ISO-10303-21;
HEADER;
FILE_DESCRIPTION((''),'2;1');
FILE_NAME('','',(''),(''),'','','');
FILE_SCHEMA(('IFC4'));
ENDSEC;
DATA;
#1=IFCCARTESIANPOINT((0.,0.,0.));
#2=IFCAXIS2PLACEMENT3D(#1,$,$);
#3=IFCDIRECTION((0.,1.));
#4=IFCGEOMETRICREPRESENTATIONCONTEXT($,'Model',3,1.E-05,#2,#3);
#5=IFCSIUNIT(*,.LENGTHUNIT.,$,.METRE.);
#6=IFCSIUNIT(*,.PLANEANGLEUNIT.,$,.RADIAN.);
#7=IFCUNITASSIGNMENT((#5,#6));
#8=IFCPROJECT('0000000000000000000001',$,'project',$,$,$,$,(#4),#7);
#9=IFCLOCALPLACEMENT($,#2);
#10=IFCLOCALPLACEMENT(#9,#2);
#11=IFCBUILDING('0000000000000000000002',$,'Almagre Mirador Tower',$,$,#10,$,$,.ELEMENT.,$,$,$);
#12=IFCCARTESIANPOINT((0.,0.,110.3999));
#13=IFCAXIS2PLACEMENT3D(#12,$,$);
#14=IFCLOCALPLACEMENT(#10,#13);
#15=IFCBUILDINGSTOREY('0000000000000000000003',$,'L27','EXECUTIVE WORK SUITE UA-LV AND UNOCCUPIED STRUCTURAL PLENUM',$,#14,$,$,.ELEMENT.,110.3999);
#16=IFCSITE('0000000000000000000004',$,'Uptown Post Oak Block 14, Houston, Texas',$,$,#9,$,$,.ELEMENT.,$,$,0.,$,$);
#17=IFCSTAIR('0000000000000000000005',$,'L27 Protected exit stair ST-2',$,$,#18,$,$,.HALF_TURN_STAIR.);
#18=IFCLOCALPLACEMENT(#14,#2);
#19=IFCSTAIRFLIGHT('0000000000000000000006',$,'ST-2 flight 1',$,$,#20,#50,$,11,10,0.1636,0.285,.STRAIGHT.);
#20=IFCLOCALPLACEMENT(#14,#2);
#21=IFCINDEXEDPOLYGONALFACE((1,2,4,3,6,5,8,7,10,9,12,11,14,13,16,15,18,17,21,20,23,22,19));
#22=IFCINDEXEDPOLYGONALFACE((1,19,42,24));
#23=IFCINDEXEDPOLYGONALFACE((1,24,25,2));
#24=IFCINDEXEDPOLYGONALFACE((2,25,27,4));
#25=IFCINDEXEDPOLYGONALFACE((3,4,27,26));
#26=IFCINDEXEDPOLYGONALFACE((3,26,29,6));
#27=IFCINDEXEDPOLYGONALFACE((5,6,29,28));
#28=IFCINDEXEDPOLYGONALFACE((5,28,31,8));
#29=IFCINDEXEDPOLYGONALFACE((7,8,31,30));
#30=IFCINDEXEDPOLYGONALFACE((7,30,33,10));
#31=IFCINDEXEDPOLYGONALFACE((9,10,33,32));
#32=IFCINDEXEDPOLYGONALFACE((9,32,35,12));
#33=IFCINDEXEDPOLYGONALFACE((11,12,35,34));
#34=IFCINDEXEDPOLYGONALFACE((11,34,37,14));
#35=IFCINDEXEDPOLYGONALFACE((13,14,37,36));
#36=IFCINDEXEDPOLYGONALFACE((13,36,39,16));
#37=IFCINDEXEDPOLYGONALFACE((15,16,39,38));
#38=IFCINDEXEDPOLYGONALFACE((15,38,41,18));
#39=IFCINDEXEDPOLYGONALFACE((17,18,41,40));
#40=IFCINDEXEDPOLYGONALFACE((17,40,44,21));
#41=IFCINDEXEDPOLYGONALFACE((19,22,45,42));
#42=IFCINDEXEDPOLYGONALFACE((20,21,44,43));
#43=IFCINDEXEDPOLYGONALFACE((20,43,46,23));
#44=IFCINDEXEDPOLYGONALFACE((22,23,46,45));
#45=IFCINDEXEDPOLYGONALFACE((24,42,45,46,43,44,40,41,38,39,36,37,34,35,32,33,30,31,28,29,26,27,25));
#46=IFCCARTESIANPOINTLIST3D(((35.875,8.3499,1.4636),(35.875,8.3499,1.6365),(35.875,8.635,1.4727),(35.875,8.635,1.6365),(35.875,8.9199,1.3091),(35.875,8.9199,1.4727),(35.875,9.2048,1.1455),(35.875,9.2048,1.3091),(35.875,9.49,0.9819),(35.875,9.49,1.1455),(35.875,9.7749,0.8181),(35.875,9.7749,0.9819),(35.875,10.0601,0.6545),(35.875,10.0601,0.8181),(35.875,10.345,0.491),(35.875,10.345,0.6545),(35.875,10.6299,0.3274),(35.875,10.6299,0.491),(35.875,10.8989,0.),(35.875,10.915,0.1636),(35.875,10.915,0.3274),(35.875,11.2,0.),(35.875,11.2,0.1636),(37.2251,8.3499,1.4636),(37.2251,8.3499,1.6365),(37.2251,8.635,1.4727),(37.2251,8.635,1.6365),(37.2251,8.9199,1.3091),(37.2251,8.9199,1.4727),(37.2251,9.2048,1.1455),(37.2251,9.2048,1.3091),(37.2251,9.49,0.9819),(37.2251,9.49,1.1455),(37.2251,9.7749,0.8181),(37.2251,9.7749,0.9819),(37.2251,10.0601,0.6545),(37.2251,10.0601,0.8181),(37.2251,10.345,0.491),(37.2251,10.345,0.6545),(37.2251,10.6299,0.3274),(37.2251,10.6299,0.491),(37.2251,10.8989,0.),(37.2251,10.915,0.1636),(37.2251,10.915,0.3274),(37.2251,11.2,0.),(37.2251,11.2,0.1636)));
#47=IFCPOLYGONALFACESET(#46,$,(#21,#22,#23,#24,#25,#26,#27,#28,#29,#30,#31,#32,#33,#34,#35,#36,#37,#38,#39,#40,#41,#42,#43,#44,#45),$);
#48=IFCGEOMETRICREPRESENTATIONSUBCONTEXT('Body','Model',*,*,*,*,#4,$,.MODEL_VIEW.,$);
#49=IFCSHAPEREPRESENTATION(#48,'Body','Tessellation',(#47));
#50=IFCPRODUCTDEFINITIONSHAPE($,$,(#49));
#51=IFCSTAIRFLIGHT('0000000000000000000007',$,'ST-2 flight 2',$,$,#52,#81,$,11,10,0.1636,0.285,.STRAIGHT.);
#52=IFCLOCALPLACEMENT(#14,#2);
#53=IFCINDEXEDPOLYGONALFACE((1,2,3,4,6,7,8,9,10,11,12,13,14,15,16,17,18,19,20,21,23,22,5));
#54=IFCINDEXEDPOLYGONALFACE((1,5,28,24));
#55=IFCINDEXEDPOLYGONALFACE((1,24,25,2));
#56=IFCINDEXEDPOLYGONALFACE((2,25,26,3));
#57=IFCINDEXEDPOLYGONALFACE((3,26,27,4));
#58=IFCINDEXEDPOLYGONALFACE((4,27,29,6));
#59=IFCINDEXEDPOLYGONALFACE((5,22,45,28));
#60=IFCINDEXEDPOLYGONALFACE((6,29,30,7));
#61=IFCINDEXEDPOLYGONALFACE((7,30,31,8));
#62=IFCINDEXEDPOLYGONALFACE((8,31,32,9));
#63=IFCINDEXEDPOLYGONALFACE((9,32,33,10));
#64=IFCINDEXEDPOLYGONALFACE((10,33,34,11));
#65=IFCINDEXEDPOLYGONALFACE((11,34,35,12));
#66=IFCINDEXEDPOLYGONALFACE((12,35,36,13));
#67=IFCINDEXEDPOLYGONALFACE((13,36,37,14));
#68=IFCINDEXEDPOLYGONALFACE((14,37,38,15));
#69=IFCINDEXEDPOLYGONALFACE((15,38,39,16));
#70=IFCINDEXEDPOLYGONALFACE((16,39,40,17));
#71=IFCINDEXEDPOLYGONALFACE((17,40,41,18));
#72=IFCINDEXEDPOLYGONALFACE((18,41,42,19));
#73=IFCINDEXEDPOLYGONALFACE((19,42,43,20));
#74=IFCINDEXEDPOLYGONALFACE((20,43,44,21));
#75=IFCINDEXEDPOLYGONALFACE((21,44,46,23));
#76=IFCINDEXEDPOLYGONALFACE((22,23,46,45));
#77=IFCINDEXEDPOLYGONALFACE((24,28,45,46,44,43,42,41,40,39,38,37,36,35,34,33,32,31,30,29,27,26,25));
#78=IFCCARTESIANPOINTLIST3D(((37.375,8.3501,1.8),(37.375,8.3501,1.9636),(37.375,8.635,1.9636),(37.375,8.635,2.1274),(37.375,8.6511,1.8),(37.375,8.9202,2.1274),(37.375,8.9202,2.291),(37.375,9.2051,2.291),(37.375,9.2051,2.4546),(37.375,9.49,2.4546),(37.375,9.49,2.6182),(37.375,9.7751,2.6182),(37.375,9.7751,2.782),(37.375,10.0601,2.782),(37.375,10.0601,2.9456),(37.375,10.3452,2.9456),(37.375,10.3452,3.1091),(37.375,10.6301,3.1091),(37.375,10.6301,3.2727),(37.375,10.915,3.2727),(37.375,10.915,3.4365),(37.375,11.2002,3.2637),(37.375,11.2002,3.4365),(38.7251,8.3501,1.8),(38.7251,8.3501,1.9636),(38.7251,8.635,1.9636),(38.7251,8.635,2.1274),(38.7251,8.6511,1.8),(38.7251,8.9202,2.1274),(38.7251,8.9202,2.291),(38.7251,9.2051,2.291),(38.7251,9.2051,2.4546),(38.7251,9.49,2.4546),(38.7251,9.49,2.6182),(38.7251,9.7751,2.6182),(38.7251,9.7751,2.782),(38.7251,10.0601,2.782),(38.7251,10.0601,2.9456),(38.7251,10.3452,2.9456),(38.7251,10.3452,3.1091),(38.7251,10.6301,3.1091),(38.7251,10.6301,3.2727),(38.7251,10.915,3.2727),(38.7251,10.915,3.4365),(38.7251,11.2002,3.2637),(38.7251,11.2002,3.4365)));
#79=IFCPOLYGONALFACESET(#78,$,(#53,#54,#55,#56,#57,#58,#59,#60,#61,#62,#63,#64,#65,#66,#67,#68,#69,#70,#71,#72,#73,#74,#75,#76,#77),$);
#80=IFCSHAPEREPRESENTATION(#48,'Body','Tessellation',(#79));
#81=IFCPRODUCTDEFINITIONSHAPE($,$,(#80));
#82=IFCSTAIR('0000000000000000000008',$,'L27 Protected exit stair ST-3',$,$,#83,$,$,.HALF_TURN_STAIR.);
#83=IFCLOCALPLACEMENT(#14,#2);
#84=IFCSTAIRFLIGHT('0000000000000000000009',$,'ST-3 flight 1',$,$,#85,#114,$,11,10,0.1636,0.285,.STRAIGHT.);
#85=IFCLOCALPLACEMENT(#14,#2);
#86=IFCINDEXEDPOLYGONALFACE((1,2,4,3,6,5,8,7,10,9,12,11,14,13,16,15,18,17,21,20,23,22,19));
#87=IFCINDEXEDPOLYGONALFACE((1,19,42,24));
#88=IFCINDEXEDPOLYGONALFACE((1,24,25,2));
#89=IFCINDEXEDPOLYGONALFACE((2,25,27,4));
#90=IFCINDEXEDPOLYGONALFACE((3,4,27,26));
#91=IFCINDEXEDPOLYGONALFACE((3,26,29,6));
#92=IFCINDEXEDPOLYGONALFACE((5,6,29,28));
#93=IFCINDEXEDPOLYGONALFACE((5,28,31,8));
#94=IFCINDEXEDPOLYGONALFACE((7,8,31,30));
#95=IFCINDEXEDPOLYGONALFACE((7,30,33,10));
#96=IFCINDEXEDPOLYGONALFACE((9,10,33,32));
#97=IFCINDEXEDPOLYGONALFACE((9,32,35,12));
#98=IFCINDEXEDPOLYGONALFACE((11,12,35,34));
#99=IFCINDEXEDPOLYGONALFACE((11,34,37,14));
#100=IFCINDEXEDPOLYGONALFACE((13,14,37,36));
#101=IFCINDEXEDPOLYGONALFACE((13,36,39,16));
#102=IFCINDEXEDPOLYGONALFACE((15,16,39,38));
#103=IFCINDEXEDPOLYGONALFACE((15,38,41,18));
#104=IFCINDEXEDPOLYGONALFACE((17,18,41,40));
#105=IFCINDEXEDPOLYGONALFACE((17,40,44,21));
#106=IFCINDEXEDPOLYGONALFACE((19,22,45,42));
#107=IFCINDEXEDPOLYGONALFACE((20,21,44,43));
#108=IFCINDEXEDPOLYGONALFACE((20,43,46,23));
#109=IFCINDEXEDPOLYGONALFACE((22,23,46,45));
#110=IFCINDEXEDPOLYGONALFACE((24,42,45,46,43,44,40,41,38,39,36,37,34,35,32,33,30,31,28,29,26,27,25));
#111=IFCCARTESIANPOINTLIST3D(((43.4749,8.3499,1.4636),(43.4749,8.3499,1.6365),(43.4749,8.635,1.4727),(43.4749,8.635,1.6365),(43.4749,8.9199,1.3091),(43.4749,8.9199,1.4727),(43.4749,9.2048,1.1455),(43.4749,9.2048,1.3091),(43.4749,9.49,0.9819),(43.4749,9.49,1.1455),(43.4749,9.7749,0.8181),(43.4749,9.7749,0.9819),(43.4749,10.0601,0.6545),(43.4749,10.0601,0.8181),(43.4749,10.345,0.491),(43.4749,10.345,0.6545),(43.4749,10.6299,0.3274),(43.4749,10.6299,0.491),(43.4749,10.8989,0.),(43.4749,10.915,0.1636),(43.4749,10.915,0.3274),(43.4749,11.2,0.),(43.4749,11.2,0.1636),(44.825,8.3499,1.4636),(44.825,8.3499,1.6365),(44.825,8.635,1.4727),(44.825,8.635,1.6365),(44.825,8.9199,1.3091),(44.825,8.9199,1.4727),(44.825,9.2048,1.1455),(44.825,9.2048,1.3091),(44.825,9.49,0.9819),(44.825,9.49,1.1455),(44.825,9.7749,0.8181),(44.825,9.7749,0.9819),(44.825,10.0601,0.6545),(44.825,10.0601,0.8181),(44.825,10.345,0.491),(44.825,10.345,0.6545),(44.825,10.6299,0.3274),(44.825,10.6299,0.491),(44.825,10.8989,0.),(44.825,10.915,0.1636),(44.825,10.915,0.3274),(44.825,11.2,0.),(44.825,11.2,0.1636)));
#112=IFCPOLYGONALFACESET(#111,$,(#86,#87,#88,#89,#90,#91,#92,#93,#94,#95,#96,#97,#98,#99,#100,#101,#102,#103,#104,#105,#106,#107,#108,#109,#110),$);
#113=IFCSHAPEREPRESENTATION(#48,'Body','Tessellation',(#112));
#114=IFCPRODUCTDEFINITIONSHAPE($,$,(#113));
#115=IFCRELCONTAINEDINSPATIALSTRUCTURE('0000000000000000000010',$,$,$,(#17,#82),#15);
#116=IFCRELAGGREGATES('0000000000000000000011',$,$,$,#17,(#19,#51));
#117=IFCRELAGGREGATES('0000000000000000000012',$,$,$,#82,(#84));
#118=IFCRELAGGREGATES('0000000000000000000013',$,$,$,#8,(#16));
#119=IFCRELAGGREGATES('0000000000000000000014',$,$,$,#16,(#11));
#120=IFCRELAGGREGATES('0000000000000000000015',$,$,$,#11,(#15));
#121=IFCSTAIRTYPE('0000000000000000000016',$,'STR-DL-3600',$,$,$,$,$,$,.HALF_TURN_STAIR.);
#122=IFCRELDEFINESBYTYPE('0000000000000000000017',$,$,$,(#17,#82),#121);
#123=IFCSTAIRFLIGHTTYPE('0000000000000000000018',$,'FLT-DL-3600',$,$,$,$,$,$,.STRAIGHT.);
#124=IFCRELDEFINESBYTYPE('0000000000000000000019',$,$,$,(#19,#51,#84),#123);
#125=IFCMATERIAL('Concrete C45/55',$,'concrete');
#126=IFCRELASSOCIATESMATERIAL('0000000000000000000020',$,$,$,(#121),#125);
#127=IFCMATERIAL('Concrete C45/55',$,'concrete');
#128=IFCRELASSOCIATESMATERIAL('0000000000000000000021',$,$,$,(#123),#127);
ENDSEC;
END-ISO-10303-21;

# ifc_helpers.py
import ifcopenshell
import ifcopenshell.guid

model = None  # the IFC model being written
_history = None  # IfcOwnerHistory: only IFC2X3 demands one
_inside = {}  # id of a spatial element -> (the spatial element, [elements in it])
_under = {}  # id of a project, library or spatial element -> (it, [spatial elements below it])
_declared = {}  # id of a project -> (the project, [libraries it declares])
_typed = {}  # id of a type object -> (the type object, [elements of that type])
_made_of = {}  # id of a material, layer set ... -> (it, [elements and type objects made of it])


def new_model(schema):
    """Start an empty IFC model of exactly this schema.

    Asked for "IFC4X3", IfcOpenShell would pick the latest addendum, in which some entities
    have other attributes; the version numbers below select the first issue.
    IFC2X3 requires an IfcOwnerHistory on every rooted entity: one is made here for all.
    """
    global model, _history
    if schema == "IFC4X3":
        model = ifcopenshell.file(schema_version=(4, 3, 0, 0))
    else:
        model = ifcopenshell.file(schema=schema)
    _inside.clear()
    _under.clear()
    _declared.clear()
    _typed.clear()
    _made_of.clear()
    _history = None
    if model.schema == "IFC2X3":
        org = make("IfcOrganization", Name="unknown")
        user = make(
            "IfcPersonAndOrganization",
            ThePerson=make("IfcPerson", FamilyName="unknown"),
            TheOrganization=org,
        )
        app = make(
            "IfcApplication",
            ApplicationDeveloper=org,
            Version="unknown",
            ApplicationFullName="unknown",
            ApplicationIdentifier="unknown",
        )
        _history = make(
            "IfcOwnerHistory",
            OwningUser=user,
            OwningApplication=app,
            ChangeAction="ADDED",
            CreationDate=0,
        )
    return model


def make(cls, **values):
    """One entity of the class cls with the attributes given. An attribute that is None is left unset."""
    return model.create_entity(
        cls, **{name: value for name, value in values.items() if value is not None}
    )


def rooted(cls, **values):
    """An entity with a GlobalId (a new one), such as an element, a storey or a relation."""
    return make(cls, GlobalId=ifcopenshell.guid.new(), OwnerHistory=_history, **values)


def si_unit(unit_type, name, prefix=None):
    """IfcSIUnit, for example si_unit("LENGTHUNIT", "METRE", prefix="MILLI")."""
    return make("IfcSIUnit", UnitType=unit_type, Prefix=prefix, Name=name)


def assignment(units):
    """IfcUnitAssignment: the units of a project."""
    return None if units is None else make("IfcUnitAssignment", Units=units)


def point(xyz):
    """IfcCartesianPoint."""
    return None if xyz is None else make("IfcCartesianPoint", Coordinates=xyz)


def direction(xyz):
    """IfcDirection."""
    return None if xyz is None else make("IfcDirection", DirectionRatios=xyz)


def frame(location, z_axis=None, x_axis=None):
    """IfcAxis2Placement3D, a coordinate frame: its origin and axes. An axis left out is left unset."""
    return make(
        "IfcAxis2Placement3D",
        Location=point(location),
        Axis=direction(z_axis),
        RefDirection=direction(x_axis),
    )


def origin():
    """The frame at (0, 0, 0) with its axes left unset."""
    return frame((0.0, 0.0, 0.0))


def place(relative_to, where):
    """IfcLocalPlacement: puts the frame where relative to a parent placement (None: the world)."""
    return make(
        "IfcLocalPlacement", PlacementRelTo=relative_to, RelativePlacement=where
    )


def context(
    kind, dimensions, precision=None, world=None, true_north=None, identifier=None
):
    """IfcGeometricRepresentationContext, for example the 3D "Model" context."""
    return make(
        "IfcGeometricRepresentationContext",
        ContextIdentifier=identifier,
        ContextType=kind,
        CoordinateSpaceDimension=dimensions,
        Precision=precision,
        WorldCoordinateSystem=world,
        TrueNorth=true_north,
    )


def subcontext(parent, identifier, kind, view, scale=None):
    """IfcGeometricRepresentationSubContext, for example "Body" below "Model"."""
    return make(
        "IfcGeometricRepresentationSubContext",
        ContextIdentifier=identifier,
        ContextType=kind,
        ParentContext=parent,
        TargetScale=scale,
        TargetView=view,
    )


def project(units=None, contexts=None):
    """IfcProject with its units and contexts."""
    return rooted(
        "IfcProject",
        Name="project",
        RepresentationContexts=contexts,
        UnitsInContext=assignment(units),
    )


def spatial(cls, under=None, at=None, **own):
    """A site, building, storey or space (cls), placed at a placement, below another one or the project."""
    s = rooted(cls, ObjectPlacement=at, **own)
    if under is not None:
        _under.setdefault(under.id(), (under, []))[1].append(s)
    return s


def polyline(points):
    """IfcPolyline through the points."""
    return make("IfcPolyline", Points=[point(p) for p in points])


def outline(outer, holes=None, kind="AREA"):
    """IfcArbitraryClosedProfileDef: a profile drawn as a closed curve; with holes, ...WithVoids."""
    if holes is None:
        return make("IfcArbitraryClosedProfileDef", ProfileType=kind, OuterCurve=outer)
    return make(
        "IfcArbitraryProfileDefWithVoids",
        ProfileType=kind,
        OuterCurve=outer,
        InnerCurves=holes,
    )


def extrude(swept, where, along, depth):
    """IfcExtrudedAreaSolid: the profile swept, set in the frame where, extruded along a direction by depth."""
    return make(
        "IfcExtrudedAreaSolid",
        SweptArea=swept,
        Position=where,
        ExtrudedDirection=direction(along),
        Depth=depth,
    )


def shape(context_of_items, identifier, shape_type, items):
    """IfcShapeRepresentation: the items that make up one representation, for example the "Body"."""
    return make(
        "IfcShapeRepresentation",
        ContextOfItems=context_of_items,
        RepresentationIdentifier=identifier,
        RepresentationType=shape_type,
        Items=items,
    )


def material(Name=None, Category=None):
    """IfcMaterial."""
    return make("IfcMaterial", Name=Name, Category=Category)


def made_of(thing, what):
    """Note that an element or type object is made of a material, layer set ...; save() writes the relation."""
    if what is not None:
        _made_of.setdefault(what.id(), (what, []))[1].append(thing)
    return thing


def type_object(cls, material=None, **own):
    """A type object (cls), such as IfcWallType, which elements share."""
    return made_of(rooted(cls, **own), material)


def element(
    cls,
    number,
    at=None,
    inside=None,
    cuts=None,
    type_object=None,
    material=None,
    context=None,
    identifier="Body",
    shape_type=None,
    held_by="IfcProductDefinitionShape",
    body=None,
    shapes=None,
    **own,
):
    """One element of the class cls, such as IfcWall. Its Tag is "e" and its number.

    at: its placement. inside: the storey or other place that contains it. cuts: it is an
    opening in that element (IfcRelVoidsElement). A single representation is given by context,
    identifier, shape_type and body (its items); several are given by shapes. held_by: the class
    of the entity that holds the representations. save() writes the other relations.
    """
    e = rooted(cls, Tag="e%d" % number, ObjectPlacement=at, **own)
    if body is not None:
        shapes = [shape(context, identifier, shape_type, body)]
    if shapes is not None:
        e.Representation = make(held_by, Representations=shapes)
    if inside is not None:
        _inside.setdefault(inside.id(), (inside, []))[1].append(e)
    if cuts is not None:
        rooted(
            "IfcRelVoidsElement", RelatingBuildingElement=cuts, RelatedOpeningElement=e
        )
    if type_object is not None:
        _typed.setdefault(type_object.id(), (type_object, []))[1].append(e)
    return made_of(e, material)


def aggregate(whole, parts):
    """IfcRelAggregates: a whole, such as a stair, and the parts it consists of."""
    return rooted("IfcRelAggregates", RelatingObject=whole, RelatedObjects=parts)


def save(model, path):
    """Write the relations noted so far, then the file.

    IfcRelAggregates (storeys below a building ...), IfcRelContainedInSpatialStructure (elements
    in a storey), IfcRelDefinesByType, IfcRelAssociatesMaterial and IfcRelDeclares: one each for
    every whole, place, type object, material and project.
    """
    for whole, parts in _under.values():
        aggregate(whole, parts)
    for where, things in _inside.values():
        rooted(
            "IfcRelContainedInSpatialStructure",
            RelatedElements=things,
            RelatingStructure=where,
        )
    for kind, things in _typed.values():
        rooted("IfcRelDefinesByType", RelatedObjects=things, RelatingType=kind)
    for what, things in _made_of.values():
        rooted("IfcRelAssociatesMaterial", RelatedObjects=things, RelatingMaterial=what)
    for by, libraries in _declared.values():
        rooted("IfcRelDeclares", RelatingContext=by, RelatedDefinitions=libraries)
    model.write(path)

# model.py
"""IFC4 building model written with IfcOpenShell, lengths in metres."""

from ifc_helpers import new_model, si_unit, direction, frame, origin, place, context, subcontext, project, spatial, polyline, outline, extrude, material, type_object, element, aggregate, save


model = new_model("IFC4")

# Units and contexts
model_context = context("Model", 3, precision=1e-05, world=origin(), true_north=direction((0.0, 1.0)))
body_context = subcontext(model_context, "Body", "Model", "MODEL_VIEW")
ifc_project = project(units=[si_unit("LENGTHUNIT", "METRE"), si_unit("PLANEANGLEUNIT", "RADIAN")], contexts=[model_context])

# Site, building, storey
site_placement = place(None, origin())
site = spatial("IfcSite", under=ifc_project, at=site_placement, Name="Uptown Post Oak Block 14, Houston, Texas", CompositionType="ELEMENT", RefElevation=0.0)
building_placement = place(site_placement, origin())
building = spatial("IfcBuilding", under=site, at=building_placement, Name="Almagre Mirador Tower", CompositionType="ELEMENT")
storey_placement = place(building_placement, frame((0.0, 0.0, 110.3999)))
storey = spatial("IfcBuildingStorey", under=building, at=storey_placement, Name="L27", Description="EXECUTIVE WORK SUITE UA-LV AND UNOCCUPIED STRUCTURAL PLENUM", CompositionType="ELEMENT", Elevation=110.3999)

# Stair, stair flights
ifc_material_1 = material(Name="Concrete C45/55", Category="concrete")
stair_type = type_object("IfcStairType", Name="STR-DL-3600", PredefinedType="HALF_TURN_STAIR", material=ifc_material_1)
stair_1_placement = place(storey_placement, origin())
stair_1 = element("IfcStair", 1, at=stair_1_placement, inside=storey, type_object=stair_type, Name="L27 Protected exit stair ST-2", PredefinedType="HALF_TURN_STAIR")
ifc_material_2 = material(Name="Concrete C45/55", Category="concrete")
stair_flight_type = type_object("IfcStairFlightType", Name="FLT-DL-3600", PredefinedType="STRAIGHT", material=ifc_material_2)
stair_flight_1_placement = place(storey_placement, frame((36.55, 11.2, 0.0), z_axis=(0.0, 0.0, 1.0), x_axis=(0.0, -1.0, 0.0)))
stair_flight_1 = element("IfcStairFlight", 2, at=stair_flight_1_placement, type_object=stair_flight_type, Name="ST-2 flight 1", NumberOfRisers=11, NumberOfTreads=10, PredefinedType="STRAIGHT", RiserHeight=0.1636, TreadLength=0.285, context=body_context, shape_type="SweptSolid", body=[
    extrude(outline(polyline([(0.0, 0.0), (0.0, 0.1636), (0.2849, 0.1636), (0.2849, 0.3274), (0.5701, 0.3274), (0.5701, 0.491), (0.855, 0.491), (0.855, 0.6545), (1.1399, 0.6545), (1.1399, 0.8181), (1.425, 0.8181), (1.425, 0.9819), (1.71, 0.9819), (1.71, 1.1455), (1.9951, 1.1455), (1.9951, 1.3091), (2.28, 1.3091), (2.28, 1.4727), (2.5649, 1.4727), (2.5649, 1.6365), (2.8501, 1.6365), (2.8501, 1.8), (2.8501, 1.4636), (0.301, 0.0), (0.0, 0.0)])), frame((0.0, 0.675, 0.0), z_axis=(0.0, -1.0, 0.0), x_axis=(1.0, 0.0, 0.0)), (0.0, 0.0, 1.0), 1.3501),
])
stair_flight_2_placement = place(storey_placement, frame((38.05, 8.3501, 1.8), z_axis=(0.0, 0.0, 1.0), x_axis=(0.0, 1.0, 0.0)))
stair_flight_2 = element("IfcStairFlight", 3, at=stair_flight_2_placement, type_object=stair_flight_type, Name="ST-2 flight 2", NumberOfRisers=11, NumberOfTreads=10, PredefinedType="STRAIGHT", RiserHeight=0.1636, TreadLength=0.285, context=body_context, shape_type="SweptSolid", body=[
    extrude(outline(polyline([(0.0, 0.0), (0.0, 0.1636), (0.2849, 0.1636), (0.2849, 0.3274), (0.5701, 0.3274), (0.5701, 0.491), (0.855, 0.491), (0.855, 0.6545), (1.1399, 0.6545), (1.1399, 0.8181), (1.425, 0.8181), (1.425, 0.9819), (1.71, 0.9819), (1.71, 1.1455), (1.9951, 1.1455), (1.9951, 1.3091), (2.28, 1.3091), (2.28, 1.4727), (2.5649, 1.4727), (2.5649, 1.6365), (2.8501, 1.6365), (2.8501, 1.8), (2.8501, 1.4636), (0.301, 0.0), (0.0, 0.0)])), frame((0.0, 0.675, 0.0), z_axis=(0.0, -1.0, 0.0), x_axis=(1.0, 0.0, 0.0)), (0.0, 0.0, 1.0), 1.3501),
])
aggregate(stair_1, [stair_flight_1, stair_flight_2])

# Stair, stair flight
stair_2_placement = place(storey_placement, origin())
stair_2 = element("IfcStair", 4, at=stair_2_placement, inside=storey, type_object=stair_type, Name="L27 Protected exit stair ST-3", PredefinedType="HALF_TURN_STAIR")
stair_flight_3_placement = place(storey_placement, frame((44.1499, 11.2, 0.0), z_axis=(0.0, 0.0, 1.0), x_axis=(0.0, -1.0, 0.0)))
stair_flight_3 = element("IfcStairFlight", 5, at=stair_flight_3_placement, type_object=stair_flight_type, Name="ST-3 flight 1", NumberOfRisers=11, NumberOfTreads=10, PredefinedType="STRAIGHT", RiserHeight=0.1636, TreadLength=0.285, context=body_context, shape_type="SweptSolid", body=[
    extrude(outline(polyline([(0.0, 0.0), (0.0, 0.1636), (0.2849, 0.1636), (0.2849, 0.3274), (0.5701, 0.3274), (0.5701, 0.491), (0.855, 0.491), (0.855, 0.6545), (1.1399, 0.6545), (1.1399, 0.8181), (1.425, 0.8181), (1.425, 0.9819), (1.71, 0.9819), (1.71, 1.1455), (1.9951, 1.1455), (1.9951, 1.3091), (2.28, 1.3091), (2.28, 1.4727), (2.5649, 1.4727), (2.5649, 1.6365), (2.8501, 1.6365), (2.8501, 1.8), (2.8501, 1.4636), (0.301, 0.0), (0.0, 0.0)])), frame((0.0, 0.675, 0.0), z_axis=(0.0, -1.0, 0.0), x_axis=(1.0, 0.0, 0.0)), (0.0, 0.0, 1.0), 1.3501),
])
aggregate(stair_2, [stair_flight_3])

save(model, "model.ifc")
